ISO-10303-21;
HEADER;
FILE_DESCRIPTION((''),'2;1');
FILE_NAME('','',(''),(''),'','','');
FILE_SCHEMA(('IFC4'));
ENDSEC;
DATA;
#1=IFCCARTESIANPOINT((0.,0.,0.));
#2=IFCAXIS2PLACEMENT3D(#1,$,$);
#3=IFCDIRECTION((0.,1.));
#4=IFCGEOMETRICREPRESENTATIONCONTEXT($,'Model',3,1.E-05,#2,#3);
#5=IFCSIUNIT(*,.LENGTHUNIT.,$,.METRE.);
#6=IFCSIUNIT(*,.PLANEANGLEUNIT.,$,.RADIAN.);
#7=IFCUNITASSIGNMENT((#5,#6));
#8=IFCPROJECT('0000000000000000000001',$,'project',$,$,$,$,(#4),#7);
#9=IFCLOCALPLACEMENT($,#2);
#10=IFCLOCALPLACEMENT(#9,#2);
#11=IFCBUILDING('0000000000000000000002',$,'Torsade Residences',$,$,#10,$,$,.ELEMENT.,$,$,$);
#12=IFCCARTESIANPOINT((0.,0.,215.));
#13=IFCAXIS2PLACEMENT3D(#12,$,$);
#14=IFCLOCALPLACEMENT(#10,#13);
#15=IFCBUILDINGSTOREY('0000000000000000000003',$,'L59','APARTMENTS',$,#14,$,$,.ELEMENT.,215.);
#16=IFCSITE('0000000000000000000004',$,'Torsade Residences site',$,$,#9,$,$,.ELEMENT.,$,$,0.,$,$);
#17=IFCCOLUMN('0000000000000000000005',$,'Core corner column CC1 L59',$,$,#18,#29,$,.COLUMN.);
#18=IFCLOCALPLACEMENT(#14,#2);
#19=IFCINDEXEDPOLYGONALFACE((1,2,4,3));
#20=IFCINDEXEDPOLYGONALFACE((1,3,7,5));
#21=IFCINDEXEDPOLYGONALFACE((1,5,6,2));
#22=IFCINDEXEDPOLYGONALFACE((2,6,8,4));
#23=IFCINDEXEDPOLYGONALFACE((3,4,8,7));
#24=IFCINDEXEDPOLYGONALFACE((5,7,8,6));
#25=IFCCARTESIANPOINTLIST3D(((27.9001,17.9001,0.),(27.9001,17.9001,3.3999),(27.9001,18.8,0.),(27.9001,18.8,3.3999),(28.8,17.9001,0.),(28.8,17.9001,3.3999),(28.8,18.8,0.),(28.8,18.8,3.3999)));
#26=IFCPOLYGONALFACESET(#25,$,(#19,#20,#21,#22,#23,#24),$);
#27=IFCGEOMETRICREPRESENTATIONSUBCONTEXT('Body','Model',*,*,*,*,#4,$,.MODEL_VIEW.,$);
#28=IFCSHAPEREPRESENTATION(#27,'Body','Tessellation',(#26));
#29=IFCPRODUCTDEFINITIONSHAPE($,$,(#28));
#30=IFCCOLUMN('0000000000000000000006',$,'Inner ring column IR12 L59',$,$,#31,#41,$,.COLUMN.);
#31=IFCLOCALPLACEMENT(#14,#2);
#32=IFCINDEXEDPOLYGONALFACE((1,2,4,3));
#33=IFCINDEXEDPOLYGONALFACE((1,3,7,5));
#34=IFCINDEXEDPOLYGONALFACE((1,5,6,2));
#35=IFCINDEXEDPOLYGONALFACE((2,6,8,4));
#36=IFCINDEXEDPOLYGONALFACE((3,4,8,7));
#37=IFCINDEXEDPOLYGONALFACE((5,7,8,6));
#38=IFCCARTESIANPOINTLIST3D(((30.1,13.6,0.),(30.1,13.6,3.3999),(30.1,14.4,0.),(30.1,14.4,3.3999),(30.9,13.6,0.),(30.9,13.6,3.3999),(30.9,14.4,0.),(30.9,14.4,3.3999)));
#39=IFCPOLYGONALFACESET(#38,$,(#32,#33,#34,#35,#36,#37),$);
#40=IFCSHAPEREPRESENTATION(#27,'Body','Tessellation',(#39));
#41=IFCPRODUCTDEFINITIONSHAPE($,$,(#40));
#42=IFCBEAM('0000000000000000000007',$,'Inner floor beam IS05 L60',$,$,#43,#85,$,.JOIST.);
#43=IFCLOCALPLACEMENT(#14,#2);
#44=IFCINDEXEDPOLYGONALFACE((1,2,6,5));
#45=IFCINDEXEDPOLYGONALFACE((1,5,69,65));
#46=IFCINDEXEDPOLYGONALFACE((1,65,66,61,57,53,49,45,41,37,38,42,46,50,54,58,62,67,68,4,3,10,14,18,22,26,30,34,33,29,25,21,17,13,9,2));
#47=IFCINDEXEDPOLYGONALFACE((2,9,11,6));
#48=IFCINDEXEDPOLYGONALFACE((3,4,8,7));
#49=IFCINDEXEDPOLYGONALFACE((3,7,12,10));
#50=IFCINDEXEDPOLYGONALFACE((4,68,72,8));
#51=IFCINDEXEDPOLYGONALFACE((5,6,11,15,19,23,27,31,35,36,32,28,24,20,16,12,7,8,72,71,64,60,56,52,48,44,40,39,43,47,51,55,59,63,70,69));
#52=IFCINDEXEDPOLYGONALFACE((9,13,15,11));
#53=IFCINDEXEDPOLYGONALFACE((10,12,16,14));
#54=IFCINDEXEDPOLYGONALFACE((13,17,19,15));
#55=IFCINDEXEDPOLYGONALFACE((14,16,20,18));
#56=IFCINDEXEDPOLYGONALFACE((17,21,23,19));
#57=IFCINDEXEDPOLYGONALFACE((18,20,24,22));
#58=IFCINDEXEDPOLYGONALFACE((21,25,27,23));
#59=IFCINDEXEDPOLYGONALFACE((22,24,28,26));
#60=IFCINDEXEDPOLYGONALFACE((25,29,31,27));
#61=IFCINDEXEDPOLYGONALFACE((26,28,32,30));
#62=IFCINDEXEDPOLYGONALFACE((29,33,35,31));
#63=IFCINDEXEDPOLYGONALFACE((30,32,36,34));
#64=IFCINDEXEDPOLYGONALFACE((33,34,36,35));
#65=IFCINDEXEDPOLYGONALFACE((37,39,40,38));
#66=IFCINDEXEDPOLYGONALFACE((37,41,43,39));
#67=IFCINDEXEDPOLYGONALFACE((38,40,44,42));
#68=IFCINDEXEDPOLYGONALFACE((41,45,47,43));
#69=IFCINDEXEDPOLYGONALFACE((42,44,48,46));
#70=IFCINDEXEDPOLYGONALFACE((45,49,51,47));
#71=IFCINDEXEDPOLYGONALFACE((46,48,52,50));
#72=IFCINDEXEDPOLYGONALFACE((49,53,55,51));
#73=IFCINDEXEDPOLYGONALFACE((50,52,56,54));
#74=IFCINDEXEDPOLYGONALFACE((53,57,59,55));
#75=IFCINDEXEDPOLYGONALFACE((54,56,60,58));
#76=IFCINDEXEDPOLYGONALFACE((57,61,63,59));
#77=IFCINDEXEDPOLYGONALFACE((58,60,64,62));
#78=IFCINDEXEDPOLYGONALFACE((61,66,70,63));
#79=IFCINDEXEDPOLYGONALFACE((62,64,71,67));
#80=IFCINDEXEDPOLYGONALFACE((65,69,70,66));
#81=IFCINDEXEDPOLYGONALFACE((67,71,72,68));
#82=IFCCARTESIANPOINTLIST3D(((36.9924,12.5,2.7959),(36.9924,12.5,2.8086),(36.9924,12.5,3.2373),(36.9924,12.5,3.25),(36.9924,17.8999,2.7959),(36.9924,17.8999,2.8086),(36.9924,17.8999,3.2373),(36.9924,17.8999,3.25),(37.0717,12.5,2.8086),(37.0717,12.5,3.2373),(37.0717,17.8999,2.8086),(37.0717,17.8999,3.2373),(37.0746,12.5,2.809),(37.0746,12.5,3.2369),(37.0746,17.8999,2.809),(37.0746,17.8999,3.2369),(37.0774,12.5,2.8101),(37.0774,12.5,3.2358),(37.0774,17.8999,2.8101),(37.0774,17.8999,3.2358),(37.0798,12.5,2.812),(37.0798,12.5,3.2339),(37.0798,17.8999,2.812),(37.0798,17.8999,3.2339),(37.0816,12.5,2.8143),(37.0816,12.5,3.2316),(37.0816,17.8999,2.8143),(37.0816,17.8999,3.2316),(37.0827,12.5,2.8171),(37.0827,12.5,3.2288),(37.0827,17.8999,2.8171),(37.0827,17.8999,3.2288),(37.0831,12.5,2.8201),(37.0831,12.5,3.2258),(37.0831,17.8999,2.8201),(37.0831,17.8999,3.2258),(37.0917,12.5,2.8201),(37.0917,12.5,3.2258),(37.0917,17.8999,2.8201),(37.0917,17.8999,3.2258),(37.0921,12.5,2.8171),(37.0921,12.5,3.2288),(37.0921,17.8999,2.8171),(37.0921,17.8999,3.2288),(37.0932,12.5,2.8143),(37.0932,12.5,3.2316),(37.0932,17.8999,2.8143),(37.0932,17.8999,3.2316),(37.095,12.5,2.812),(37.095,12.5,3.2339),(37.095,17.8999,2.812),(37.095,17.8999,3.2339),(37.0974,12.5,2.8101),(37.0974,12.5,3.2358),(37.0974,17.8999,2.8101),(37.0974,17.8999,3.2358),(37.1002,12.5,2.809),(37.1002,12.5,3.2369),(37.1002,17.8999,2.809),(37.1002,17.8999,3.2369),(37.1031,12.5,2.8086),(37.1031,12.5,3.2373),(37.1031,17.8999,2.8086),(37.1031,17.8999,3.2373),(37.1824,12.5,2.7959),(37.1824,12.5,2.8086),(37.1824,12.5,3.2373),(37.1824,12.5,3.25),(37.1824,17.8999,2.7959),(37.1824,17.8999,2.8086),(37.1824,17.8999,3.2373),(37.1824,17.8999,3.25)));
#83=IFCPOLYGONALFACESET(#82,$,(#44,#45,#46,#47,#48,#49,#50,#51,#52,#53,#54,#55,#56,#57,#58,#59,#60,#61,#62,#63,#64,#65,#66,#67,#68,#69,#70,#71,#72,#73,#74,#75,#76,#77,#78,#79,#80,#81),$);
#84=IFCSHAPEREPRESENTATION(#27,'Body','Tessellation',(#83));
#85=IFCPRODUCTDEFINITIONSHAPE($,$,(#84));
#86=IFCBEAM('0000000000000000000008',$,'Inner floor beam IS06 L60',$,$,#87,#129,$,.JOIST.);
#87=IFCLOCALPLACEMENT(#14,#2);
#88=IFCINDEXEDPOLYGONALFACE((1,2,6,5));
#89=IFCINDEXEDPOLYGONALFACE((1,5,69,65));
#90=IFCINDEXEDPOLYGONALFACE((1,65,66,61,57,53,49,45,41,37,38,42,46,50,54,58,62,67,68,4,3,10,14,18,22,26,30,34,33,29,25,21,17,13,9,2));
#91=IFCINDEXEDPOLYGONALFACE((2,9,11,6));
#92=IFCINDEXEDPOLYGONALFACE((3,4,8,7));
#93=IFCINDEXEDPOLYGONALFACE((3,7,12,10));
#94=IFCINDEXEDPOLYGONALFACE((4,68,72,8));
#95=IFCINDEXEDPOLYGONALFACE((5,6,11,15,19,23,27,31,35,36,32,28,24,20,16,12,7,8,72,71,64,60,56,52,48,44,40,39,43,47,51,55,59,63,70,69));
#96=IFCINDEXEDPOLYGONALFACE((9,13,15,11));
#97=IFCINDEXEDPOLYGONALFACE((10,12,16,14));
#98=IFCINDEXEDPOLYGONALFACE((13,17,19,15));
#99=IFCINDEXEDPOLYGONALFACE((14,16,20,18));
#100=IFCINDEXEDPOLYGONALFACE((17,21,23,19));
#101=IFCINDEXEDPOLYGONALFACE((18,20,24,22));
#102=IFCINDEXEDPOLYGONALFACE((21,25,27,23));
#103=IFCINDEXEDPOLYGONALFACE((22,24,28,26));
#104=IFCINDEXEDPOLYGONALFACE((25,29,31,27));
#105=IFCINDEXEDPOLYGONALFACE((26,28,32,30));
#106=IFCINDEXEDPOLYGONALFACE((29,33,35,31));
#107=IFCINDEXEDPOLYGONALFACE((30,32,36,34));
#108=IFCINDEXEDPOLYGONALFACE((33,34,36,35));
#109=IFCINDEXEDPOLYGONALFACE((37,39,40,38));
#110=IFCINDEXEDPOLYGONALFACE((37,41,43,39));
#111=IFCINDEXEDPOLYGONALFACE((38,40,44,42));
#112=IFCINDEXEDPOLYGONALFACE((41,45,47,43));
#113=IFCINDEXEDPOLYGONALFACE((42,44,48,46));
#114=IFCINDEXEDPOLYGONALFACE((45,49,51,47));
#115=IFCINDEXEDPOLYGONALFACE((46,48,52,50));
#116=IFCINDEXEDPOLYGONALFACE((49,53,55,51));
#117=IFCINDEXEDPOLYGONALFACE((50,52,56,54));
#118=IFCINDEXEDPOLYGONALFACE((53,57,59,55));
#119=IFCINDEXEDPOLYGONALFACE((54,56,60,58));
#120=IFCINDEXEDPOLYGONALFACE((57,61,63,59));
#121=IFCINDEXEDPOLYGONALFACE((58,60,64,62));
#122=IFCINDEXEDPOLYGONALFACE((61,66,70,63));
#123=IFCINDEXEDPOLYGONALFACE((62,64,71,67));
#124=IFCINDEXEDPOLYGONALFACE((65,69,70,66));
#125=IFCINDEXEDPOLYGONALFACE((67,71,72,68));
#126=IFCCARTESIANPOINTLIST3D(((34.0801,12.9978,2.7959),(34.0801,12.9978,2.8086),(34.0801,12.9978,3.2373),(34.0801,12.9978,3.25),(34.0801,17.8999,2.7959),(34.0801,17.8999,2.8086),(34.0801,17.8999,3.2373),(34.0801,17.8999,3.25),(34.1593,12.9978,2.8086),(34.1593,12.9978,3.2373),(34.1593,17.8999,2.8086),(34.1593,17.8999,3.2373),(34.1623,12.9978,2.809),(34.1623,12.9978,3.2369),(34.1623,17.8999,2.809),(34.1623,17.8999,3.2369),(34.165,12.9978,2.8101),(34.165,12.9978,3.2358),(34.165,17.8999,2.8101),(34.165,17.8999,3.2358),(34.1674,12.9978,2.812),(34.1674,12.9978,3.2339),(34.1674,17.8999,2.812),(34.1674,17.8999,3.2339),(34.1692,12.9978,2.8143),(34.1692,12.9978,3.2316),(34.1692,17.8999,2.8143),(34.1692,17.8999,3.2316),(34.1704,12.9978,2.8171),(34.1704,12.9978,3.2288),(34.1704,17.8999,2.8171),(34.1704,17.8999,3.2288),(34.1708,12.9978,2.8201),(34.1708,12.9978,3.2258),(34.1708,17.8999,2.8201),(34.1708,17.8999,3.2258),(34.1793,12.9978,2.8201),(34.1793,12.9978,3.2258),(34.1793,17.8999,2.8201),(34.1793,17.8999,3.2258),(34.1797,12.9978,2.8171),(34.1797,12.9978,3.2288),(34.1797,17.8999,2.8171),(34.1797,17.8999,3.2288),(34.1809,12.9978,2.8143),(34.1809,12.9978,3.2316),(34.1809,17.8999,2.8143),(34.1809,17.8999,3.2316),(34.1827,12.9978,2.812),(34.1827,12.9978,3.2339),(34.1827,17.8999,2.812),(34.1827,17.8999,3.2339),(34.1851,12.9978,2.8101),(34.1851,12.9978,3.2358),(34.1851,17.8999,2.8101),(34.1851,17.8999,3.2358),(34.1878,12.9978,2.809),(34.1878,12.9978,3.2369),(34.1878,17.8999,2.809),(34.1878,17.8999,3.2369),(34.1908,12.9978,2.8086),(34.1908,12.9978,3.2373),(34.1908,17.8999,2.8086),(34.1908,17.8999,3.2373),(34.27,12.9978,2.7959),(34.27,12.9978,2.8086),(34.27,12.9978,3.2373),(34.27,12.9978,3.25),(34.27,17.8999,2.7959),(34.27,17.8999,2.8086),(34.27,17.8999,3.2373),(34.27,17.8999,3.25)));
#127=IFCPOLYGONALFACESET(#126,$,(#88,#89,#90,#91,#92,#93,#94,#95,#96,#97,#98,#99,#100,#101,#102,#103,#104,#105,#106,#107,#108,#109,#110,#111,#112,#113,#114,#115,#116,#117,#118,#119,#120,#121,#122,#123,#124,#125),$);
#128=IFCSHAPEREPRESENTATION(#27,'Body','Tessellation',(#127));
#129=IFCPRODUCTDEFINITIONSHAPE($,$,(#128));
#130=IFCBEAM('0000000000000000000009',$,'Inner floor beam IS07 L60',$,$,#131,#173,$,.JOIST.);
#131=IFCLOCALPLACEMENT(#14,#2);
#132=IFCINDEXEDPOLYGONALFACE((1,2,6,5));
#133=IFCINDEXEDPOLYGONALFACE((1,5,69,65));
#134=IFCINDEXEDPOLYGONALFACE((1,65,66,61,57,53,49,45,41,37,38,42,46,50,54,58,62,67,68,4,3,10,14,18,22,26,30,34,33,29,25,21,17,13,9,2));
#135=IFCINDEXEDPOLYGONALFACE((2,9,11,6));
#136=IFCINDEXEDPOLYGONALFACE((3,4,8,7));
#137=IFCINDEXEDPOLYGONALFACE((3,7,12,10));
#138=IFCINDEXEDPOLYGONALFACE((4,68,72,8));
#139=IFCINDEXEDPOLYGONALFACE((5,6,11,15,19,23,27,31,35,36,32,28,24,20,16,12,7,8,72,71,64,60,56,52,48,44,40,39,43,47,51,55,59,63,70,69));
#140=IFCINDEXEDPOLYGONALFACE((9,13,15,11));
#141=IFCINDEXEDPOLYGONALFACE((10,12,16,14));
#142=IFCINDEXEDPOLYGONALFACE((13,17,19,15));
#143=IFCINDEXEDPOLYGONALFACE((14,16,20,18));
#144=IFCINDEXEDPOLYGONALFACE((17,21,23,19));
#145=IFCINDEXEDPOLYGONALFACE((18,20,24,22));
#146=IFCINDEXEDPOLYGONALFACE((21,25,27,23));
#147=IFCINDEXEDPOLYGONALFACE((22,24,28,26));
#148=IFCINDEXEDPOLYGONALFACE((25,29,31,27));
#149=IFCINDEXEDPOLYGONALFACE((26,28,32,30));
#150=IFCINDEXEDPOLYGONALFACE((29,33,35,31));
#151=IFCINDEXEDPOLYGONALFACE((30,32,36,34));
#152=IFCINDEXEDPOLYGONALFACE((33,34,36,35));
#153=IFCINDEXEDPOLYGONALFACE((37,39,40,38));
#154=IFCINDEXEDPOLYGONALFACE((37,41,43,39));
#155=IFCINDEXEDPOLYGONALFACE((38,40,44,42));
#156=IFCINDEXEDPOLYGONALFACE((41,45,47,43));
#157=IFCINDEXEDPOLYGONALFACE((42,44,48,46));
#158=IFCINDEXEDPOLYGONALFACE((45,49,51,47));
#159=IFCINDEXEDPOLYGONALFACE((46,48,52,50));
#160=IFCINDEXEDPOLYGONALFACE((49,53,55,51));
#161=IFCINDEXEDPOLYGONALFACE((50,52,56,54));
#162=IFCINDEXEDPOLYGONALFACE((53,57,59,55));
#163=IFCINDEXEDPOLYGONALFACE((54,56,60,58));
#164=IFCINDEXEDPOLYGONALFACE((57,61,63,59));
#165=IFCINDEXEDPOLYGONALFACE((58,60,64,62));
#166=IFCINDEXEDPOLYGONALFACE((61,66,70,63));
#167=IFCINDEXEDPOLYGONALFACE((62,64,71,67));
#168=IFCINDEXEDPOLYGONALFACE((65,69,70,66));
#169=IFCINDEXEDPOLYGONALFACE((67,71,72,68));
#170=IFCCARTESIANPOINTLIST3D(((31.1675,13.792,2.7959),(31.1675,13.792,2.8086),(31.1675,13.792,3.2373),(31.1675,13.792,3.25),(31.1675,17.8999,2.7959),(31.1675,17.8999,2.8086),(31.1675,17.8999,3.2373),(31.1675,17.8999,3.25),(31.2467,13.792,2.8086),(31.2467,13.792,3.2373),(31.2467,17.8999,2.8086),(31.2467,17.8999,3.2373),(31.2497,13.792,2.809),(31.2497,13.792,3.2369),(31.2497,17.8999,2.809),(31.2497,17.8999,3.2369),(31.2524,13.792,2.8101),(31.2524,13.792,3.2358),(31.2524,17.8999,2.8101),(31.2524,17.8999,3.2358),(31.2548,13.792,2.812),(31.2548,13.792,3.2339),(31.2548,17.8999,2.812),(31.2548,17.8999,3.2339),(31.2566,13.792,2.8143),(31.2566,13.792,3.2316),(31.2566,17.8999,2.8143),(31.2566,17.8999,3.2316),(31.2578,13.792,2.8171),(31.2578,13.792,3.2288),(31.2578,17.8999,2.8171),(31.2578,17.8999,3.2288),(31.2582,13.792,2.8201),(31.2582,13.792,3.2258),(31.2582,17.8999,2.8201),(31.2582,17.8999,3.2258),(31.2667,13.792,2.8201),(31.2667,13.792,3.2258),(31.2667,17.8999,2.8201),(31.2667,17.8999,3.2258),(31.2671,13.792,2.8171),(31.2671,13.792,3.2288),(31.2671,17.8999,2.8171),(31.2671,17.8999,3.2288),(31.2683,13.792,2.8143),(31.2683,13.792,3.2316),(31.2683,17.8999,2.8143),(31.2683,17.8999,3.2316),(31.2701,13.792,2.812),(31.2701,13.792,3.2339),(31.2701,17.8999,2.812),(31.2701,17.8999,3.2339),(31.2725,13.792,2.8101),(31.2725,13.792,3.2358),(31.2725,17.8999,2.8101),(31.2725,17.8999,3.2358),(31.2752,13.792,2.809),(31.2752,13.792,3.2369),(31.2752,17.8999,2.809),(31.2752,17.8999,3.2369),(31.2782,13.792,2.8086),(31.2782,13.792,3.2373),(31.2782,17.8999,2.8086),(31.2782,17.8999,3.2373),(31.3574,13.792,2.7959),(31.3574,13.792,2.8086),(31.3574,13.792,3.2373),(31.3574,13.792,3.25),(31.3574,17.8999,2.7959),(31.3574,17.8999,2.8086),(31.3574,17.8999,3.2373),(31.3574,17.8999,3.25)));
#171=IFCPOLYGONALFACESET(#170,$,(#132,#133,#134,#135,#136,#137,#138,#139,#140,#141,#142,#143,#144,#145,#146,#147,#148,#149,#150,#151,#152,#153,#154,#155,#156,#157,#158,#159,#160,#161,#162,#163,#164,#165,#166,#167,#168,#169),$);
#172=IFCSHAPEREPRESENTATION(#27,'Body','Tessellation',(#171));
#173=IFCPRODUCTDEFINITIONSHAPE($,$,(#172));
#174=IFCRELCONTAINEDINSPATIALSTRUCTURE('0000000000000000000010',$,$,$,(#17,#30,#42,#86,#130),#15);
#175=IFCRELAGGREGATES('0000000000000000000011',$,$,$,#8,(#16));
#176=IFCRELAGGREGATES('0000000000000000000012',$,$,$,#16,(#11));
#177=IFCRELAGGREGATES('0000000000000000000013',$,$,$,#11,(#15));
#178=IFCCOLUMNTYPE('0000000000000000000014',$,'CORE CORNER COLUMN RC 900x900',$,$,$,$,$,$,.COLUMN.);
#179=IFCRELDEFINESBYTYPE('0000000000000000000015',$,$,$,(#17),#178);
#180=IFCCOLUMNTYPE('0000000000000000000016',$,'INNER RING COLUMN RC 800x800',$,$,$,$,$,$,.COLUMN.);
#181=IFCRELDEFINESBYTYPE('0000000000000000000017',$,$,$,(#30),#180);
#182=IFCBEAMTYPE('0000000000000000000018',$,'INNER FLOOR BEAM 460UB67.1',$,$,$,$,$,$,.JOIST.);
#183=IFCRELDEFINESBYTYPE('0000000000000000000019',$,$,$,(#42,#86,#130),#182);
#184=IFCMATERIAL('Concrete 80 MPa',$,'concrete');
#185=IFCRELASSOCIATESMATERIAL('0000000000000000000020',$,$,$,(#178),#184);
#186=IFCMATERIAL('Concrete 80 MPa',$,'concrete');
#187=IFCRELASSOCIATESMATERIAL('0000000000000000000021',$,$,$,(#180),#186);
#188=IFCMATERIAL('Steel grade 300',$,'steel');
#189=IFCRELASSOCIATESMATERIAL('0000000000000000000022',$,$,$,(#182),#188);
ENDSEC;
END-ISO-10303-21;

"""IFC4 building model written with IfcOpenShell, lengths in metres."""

from ifc_helpers import new_model, si_unit, direction, frame, origin, origin_2d, place, context, subcontext, project, spatial, rectangle, i_section, extrude, material, material_profile, profile_set, type_object, element, save


model = new_model("IFC4")

# Units and contexts
model_context = context("Model", 3, precision=1e-05, world=origin(), true_north=direction((0.0, 1.0)))
body_context = subcontext(model_context, "Body", "Model", "MODEL_VIEW")
ifc_project = project(units=[si_unit("LENGTHUNIT", "METRE"), si_unit("PLANEANGLEUNIT", "RADIAN")], contexts=[model_context])

# Site, building, storey
site_placement = place(None, origin())
site = spatial("IfcSite", under=ifc_project, at=site_placement, Name="Torsade Residences site", CompositionType="ELEMENT", RefElevation=0.0)
building_placement = place(site_placement, origin())
building = spatial("IfcBuilding", under=site, at=building_placement, Name="Torsade Residences", CompositionType="ELEMENT")
storey_placement = place(building_placement, frame((0.0, 0.0, 215.0)))
storey = spatial("IfcBuildingStorey", under=building, at=storey_placement, Name="L59", Description="APARTMENTS", CompositionType="ELEMENT", Elevation=215.0)

# Columns
ifc_material_1 = material(Name="Concrete 80 MPa", Category="concrete")
ifc_material_profile_1 = material_profile(ifc_material_1, rectangle(XDim=0.8999, YDim=0.8999, at=origin_2d()), Name="RC 900x900")
ifc_profile_set_1 = profile_set([ifc_material_profile_1], Name="Concrete 80 MPa")
column_type_1 = type_object("IfcColumnType", Name="CORE CORNER COLUMN RC 900x900", PredefinedType="COLUMN", material=ifc_profile_set_1)
column_1_placement = place(storey_placement, frame((28.3501, 18.3501, 0.0), z_axis=(0.0, 0.0, 1.0), x_axis=(1.0, 0.0, 0.0)))
element("IfcColumn", 1, at=column_1_placement, inside=storey, type_object=column_type_1, Name="Core corner column CC1 L59", PredefinedType="COLUMN", context=body_context, shape_type="SweptSolid", body=[
    extrude(rectangle(XDim=0.8999, YDim=0.8999, at=origin_2d()), origin(), (0.0, 0.0, 1.0), 3.3999),
])
ifc_material_2 = material(Name="Concrete 80 MPa", Category="concrete")
ifc_material_profile_2 = material_profile(ifc_material_2, rectangle(XDim=0.8, YDim=0.8, at=origin_2d()), Name="RC 800x800")
ifc_profile_set_2 = profile_set([ifc_material_profile_2], Name="Concrete 80 MPa")
column_type_2 = type_object("IfcColumnType", Name="INNER RING COLUMN RC 800x800", PredefinedType="COLUMN", material=ifc_profile_set_2)
column_2_placement = place(storey_placement, frame((30.5, 14.0, 0.0), z_axis=(0.0, 0.0, 1.0), x_axis=(1.0, 0.0, 0.0)))
element("IfcColumn", 2, at=column_2_placement, inside=storey, type_object=column_type_2, Name="Inner ring column IR12 L59", PredefinedType="COLUMN", context=body_context, shape_type="SweptSolid", body=[
    extrude(rectangle(XDim=0.8, YDim=0.8, at=origin_2d()), origin(), (0.0, 0.0, 1.0), 3.3999),
])

# Beams
ifc_material_3 = material(Name="Steel grade 300", Category="steel")
ifc_material_profile_3 = material_profile(ifc_material_3, i_section(OverallWidth=0.1899, OverallDepth=0.4541, WebThickness=0.0085, FlangeThickness=0.0127, FilletRadius=0.0115, at=origin_2d()), Name="460UB67.1")
ifc_profile_set_3 = profile_set([ifc_material_profile_3], Name="Steel grade 300")
beam_type_1 = type_object("IfcBeamType", Name="INNER FLOOR BEAM 460UB67.1", PredefinedType="JOIST", material=ifc_profile_set_3)
beam_1_placement = place(storey_placement, frame((37.0874, 17.8999, 3.0229), z_axis=(0.0, -1.0, 0.0), x_axis=(1.0, 0.0, 0.0)))
element("IfcBeam", 3, at=beam_1_placement, inside=storey, type_object=beam_type_1, Name="Inner floor beam IS05 L60", PredefinedType="JOIST", context=body_context, shape_type="SweptSolid", body=[
    extrude(i_section(OverallWidth=0.1899, OverallDepth=0.4541, WebThickness=0.0085, FlangeThickness=0.0127, FilletRadius=0.0115, at=origin_2d()), origin(), (0.0, 0.0, 1.0), 5.3999),
])
beam_2_placement = place(storey_placement, frame((34.175, 17.8999, 3.0229), z_axis=(0.0, -1.0, 0.0), x_axis=(1.0, 0.0, 0.0)))
element("IfcBeam", 4, at=beam_2_placement, inside=storey, type_object=beam_type_1, Name="Inner floor beam IS06 L60", PredefinedType="JOIST", context=body_context, shape_type="SweptSolid", body=[
    extrude(i_section(OverallWidth=0.1899, OverallDepth=0.4541, WebThickness=0.0085, FlangeThickness=0.0127, FilletRadius=0.0115, at=origin_2d()), origin(), (0.0, 0.0, 1.0), 4.9021),
])
beam_3_placement = place(storey_placement, frame((31.2625, 17.8999, 3.0229), z_axis=(0.0, -1.0, 0.0), x_axis=(1.0, 0.0, 0.0)))
element("IfcBeam", 5, at=beam_3_placement, inside=storey, type_object=beam_type_1, Name="Inner floor beam IS07 L60", PredefinedType="JOIST", context=body_context, shape_type="SweptSolid", body=[
    extrude(i_section(OverallWidth=0.1899, OverallDepth=0.4541, WebThickness=0.0085, FlangeThickness=0.0127, FilletRadius=0.0115, at=origin_2d()), origin(), (0.0, 0.0, 1.0), 4.1079),
])

save(model, "model.ifc")
